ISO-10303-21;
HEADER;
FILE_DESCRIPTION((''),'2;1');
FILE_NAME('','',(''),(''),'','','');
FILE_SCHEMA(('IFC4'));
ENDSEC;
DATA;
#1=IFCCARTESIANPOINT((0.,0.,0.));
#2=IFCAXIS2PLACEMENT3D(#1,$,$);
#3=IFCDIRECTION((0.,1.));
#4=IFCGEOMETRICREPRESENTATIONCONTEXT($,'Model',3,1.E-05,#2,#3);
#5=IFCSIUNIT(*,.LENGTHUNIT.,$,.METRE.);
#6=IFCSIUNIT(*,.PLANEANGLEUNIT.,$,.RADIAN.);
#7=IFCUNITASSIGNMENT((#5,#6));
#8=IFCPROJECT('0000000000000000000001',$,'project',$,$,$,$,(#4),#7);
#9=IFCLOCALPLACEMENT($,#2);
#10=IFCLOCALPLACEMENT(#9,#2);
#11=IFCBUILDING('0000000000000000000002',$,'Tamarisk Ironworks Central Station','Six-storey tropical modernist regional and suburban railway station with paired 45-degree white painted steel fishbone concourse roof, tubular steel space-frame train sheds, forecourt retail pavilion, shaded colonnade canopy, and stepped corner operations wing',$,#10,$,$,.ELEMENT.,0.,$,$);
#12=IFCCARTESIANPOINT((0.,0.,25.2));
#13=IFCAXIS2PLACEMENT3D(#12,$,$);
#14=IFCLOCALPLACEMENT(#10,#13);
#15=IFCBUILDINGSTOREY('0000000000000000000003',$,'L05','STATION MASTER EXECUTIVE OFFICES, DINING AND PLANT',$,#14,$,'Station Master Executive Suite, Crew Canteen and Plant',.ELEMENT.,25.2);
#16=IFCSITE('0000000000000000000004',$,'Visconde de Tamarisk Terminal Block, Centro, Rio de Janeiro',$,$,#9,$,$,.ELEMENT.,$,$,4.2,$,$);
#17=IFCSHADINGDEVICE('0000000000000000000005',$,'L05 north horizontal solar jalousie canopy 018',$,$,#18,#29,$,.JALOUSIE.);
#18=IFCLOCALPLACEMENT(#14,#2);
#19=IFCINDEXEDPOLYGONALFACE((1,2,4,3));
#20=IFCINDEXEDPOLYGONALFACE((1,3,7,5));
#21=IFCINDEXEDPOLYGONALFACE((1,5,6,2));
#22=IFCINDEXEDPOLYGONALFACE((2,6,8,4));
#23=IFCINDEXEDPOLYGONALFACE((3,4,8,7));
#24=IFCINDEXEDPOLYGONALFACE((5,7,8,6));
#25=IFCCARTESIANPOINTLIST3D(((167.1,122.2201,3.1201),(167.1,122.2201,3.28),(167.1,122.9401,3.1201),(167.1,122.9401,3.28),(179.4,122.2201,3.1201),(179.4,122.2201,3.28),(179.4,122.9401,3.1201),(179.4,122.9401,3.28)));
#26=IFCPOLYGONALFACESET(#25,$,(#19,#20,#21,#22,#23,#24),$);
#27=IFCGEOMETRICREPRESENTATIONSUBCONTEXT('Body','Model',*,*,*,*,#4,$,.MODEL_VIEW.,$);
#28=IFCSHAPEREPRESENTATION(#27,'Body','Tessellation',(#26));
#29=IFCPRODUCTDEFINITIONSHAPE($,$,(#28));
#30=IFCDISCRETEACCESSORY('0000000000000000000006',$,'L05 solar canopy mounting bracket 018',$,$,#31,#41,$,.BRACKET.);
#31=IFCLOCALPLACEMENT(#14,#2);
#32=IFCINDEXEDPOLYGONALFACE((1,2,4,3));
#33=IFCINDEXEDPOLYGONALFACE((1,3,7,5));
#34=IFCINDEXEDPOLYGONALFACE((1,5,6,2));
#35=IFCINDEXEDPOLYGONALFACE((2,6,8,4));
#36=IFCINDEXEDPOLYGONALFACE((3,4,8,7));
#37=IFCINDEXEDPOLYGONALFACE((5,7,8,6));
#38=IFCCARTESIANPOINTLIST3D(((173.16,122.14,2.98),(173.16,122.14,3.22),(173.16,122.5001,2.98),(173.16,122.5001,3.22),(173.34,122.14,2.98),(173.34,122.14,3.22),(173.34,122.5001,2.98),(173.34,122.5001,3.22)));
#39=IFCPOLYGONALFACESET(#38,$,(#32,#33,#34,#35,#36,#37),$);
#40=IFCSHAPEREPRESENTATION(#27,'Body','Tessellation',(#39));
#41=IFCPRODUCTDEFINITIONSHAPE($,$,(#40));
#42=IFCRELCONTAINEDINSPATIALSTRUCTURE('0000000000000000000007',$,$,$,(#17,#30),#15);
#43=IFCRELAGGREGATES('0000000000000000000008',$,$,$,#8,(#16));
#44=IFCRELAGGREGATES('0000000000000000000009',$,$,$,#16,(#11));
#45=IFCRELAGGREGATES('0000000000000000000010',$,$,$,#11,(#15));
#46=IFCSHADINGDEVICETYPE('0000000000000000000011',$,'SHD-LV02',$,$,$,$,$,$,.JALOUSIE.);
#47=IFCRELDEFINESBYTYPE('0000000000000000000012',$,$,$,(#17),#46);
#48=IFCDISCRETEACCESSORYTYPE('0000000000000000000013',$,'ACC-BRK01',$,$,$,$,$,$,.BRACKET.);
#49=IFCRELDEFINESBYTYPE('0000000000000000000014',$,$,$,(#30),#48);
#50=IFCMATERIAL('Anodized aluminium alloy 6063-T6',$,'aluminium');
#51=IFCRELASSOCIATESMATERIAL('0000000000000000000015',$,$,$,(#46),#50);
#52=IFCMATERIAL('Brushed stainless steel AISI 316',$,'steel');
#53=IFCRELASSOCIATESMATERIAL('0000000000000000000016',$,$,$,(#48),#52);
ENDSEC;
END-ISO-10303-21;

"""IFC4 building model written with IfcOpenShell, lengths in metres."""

from ifc_helpers import new_model, si_unit, direction, frame, origin, origin_2d, place, context, subcontext, project, spatial, rectangle, extrude, material, type_object, element, save


model = new_model("IFC4")

# Units and contexts
model_context = context("Model", 3, precision=1e-05, world=origin(), true_north=direction((0.0, 1.0)))
body_context = subcontext(model_context, "Body", "Model", "MODEL_VIEW")
ifc_project = project(units=[si_unit("LENGTHUNIT", "METRE"), si_unit("PLANEANGLEUNIT", "RADIAN")], contexts=[model_context])

# Site, building, storey
site_placement = place(None, origin())
site = spatial("IfcSite", under=ifc_project, at=site_placement, Name="Visconde de Tamarisk Terminal Block, Centro, Rio de Janeiro", CompositionType="ELEMENT", RefElevation=4.2)
building_placement = place(site_placement, origin())
building = spatial("IfcBuilding", under=site, at=building_placement, Name="Tamarisk Ironworks Central Station", Description="Six-storey tropical modernist regional and suburban railway station with paired 45-degree white painted steel fishbone concourse roof, tubular steel space-frame train sheds, forecourt retail pavilion, shaded colonnade canopy, and stepped corner operations wing", CompositionType="ELEMENT", ElevationOfRefHeight=0.0)
storey_placement = place(building_placement, frame((0.0, 0.0, 25.2)))
storey = spatial("IfcBuildingStorey", under=building, at=storey_placement, Name="L05", Description="STATION MASTER EXECUTIVE OFFICES, DINING AND PLANT", LongName="Station Master Executive Suite, Crew Canteen and Plant", CompositionType="ELEMENT", Elevation=25.2)

# Shared definitions
ifc_material_1 = material(Name="Anodized aluminium alloy 6063-T6", Category="aluminium")

# Shading device
shading_device_type = type_object("IfcShadingDeviceType", Name="SHD-LV02", PredefinedType="JALOUSIE", material=ifc_material_1)
shading_device_placement = place(storey_placement, frame((173.25, 122.5801, 3.1201), z_axis=(0.0, 0.0, 1.0), x_axis=(1.0, 0.0, 0.0)))
element("IfcShadingDevice", 1, at=shading_device_placement, inside=storey, type_object=shading_device_type, Name="L05 north horizontal solar jalousie canopy 018", PredefinedType="JALOUSIE", context=body_context, shape_type="SweptSolid", body=[
    extrude(rectangle(XDim=12.3, YDim=0.72, at=origin_2d()), origin(), (0.0, 0.0, 1.0), 0.1599),
])

# Discrete accessory
ifc_material_2 = material(Name="Brushed stainless steel AISI 316", Category="steel")
discrete_accessory_type = type_object("IfcDiscreteAccessoryType", Name="ACC-BRK01", PredefinedType="BRACKET", material=ifc_material_2)
discrete_accessory_placement = place(storey_placement, frame((173.25, 122.3201, 2.98), z_axis=(0.0, 0.0, 1.0), x_axis=(1.0, 0.0, 0.0)))
element("IfcDiscreteAccessory", 2, at=discrete_accessory_placement, inside=storey, type_object=discrete_accessory_type, Name="L05 solar canopy mounting bracket 018", PredefinedType="BRACKET", context=body_context, shape_type="SweptSolid", body=[
    extrude(rectangle(XDim=0.1799, YDim=0.3601, at=origin_2d()), origin(), (0.0, 0.0, 1.0), 0.24),
])

save(model, "model.ifc")
